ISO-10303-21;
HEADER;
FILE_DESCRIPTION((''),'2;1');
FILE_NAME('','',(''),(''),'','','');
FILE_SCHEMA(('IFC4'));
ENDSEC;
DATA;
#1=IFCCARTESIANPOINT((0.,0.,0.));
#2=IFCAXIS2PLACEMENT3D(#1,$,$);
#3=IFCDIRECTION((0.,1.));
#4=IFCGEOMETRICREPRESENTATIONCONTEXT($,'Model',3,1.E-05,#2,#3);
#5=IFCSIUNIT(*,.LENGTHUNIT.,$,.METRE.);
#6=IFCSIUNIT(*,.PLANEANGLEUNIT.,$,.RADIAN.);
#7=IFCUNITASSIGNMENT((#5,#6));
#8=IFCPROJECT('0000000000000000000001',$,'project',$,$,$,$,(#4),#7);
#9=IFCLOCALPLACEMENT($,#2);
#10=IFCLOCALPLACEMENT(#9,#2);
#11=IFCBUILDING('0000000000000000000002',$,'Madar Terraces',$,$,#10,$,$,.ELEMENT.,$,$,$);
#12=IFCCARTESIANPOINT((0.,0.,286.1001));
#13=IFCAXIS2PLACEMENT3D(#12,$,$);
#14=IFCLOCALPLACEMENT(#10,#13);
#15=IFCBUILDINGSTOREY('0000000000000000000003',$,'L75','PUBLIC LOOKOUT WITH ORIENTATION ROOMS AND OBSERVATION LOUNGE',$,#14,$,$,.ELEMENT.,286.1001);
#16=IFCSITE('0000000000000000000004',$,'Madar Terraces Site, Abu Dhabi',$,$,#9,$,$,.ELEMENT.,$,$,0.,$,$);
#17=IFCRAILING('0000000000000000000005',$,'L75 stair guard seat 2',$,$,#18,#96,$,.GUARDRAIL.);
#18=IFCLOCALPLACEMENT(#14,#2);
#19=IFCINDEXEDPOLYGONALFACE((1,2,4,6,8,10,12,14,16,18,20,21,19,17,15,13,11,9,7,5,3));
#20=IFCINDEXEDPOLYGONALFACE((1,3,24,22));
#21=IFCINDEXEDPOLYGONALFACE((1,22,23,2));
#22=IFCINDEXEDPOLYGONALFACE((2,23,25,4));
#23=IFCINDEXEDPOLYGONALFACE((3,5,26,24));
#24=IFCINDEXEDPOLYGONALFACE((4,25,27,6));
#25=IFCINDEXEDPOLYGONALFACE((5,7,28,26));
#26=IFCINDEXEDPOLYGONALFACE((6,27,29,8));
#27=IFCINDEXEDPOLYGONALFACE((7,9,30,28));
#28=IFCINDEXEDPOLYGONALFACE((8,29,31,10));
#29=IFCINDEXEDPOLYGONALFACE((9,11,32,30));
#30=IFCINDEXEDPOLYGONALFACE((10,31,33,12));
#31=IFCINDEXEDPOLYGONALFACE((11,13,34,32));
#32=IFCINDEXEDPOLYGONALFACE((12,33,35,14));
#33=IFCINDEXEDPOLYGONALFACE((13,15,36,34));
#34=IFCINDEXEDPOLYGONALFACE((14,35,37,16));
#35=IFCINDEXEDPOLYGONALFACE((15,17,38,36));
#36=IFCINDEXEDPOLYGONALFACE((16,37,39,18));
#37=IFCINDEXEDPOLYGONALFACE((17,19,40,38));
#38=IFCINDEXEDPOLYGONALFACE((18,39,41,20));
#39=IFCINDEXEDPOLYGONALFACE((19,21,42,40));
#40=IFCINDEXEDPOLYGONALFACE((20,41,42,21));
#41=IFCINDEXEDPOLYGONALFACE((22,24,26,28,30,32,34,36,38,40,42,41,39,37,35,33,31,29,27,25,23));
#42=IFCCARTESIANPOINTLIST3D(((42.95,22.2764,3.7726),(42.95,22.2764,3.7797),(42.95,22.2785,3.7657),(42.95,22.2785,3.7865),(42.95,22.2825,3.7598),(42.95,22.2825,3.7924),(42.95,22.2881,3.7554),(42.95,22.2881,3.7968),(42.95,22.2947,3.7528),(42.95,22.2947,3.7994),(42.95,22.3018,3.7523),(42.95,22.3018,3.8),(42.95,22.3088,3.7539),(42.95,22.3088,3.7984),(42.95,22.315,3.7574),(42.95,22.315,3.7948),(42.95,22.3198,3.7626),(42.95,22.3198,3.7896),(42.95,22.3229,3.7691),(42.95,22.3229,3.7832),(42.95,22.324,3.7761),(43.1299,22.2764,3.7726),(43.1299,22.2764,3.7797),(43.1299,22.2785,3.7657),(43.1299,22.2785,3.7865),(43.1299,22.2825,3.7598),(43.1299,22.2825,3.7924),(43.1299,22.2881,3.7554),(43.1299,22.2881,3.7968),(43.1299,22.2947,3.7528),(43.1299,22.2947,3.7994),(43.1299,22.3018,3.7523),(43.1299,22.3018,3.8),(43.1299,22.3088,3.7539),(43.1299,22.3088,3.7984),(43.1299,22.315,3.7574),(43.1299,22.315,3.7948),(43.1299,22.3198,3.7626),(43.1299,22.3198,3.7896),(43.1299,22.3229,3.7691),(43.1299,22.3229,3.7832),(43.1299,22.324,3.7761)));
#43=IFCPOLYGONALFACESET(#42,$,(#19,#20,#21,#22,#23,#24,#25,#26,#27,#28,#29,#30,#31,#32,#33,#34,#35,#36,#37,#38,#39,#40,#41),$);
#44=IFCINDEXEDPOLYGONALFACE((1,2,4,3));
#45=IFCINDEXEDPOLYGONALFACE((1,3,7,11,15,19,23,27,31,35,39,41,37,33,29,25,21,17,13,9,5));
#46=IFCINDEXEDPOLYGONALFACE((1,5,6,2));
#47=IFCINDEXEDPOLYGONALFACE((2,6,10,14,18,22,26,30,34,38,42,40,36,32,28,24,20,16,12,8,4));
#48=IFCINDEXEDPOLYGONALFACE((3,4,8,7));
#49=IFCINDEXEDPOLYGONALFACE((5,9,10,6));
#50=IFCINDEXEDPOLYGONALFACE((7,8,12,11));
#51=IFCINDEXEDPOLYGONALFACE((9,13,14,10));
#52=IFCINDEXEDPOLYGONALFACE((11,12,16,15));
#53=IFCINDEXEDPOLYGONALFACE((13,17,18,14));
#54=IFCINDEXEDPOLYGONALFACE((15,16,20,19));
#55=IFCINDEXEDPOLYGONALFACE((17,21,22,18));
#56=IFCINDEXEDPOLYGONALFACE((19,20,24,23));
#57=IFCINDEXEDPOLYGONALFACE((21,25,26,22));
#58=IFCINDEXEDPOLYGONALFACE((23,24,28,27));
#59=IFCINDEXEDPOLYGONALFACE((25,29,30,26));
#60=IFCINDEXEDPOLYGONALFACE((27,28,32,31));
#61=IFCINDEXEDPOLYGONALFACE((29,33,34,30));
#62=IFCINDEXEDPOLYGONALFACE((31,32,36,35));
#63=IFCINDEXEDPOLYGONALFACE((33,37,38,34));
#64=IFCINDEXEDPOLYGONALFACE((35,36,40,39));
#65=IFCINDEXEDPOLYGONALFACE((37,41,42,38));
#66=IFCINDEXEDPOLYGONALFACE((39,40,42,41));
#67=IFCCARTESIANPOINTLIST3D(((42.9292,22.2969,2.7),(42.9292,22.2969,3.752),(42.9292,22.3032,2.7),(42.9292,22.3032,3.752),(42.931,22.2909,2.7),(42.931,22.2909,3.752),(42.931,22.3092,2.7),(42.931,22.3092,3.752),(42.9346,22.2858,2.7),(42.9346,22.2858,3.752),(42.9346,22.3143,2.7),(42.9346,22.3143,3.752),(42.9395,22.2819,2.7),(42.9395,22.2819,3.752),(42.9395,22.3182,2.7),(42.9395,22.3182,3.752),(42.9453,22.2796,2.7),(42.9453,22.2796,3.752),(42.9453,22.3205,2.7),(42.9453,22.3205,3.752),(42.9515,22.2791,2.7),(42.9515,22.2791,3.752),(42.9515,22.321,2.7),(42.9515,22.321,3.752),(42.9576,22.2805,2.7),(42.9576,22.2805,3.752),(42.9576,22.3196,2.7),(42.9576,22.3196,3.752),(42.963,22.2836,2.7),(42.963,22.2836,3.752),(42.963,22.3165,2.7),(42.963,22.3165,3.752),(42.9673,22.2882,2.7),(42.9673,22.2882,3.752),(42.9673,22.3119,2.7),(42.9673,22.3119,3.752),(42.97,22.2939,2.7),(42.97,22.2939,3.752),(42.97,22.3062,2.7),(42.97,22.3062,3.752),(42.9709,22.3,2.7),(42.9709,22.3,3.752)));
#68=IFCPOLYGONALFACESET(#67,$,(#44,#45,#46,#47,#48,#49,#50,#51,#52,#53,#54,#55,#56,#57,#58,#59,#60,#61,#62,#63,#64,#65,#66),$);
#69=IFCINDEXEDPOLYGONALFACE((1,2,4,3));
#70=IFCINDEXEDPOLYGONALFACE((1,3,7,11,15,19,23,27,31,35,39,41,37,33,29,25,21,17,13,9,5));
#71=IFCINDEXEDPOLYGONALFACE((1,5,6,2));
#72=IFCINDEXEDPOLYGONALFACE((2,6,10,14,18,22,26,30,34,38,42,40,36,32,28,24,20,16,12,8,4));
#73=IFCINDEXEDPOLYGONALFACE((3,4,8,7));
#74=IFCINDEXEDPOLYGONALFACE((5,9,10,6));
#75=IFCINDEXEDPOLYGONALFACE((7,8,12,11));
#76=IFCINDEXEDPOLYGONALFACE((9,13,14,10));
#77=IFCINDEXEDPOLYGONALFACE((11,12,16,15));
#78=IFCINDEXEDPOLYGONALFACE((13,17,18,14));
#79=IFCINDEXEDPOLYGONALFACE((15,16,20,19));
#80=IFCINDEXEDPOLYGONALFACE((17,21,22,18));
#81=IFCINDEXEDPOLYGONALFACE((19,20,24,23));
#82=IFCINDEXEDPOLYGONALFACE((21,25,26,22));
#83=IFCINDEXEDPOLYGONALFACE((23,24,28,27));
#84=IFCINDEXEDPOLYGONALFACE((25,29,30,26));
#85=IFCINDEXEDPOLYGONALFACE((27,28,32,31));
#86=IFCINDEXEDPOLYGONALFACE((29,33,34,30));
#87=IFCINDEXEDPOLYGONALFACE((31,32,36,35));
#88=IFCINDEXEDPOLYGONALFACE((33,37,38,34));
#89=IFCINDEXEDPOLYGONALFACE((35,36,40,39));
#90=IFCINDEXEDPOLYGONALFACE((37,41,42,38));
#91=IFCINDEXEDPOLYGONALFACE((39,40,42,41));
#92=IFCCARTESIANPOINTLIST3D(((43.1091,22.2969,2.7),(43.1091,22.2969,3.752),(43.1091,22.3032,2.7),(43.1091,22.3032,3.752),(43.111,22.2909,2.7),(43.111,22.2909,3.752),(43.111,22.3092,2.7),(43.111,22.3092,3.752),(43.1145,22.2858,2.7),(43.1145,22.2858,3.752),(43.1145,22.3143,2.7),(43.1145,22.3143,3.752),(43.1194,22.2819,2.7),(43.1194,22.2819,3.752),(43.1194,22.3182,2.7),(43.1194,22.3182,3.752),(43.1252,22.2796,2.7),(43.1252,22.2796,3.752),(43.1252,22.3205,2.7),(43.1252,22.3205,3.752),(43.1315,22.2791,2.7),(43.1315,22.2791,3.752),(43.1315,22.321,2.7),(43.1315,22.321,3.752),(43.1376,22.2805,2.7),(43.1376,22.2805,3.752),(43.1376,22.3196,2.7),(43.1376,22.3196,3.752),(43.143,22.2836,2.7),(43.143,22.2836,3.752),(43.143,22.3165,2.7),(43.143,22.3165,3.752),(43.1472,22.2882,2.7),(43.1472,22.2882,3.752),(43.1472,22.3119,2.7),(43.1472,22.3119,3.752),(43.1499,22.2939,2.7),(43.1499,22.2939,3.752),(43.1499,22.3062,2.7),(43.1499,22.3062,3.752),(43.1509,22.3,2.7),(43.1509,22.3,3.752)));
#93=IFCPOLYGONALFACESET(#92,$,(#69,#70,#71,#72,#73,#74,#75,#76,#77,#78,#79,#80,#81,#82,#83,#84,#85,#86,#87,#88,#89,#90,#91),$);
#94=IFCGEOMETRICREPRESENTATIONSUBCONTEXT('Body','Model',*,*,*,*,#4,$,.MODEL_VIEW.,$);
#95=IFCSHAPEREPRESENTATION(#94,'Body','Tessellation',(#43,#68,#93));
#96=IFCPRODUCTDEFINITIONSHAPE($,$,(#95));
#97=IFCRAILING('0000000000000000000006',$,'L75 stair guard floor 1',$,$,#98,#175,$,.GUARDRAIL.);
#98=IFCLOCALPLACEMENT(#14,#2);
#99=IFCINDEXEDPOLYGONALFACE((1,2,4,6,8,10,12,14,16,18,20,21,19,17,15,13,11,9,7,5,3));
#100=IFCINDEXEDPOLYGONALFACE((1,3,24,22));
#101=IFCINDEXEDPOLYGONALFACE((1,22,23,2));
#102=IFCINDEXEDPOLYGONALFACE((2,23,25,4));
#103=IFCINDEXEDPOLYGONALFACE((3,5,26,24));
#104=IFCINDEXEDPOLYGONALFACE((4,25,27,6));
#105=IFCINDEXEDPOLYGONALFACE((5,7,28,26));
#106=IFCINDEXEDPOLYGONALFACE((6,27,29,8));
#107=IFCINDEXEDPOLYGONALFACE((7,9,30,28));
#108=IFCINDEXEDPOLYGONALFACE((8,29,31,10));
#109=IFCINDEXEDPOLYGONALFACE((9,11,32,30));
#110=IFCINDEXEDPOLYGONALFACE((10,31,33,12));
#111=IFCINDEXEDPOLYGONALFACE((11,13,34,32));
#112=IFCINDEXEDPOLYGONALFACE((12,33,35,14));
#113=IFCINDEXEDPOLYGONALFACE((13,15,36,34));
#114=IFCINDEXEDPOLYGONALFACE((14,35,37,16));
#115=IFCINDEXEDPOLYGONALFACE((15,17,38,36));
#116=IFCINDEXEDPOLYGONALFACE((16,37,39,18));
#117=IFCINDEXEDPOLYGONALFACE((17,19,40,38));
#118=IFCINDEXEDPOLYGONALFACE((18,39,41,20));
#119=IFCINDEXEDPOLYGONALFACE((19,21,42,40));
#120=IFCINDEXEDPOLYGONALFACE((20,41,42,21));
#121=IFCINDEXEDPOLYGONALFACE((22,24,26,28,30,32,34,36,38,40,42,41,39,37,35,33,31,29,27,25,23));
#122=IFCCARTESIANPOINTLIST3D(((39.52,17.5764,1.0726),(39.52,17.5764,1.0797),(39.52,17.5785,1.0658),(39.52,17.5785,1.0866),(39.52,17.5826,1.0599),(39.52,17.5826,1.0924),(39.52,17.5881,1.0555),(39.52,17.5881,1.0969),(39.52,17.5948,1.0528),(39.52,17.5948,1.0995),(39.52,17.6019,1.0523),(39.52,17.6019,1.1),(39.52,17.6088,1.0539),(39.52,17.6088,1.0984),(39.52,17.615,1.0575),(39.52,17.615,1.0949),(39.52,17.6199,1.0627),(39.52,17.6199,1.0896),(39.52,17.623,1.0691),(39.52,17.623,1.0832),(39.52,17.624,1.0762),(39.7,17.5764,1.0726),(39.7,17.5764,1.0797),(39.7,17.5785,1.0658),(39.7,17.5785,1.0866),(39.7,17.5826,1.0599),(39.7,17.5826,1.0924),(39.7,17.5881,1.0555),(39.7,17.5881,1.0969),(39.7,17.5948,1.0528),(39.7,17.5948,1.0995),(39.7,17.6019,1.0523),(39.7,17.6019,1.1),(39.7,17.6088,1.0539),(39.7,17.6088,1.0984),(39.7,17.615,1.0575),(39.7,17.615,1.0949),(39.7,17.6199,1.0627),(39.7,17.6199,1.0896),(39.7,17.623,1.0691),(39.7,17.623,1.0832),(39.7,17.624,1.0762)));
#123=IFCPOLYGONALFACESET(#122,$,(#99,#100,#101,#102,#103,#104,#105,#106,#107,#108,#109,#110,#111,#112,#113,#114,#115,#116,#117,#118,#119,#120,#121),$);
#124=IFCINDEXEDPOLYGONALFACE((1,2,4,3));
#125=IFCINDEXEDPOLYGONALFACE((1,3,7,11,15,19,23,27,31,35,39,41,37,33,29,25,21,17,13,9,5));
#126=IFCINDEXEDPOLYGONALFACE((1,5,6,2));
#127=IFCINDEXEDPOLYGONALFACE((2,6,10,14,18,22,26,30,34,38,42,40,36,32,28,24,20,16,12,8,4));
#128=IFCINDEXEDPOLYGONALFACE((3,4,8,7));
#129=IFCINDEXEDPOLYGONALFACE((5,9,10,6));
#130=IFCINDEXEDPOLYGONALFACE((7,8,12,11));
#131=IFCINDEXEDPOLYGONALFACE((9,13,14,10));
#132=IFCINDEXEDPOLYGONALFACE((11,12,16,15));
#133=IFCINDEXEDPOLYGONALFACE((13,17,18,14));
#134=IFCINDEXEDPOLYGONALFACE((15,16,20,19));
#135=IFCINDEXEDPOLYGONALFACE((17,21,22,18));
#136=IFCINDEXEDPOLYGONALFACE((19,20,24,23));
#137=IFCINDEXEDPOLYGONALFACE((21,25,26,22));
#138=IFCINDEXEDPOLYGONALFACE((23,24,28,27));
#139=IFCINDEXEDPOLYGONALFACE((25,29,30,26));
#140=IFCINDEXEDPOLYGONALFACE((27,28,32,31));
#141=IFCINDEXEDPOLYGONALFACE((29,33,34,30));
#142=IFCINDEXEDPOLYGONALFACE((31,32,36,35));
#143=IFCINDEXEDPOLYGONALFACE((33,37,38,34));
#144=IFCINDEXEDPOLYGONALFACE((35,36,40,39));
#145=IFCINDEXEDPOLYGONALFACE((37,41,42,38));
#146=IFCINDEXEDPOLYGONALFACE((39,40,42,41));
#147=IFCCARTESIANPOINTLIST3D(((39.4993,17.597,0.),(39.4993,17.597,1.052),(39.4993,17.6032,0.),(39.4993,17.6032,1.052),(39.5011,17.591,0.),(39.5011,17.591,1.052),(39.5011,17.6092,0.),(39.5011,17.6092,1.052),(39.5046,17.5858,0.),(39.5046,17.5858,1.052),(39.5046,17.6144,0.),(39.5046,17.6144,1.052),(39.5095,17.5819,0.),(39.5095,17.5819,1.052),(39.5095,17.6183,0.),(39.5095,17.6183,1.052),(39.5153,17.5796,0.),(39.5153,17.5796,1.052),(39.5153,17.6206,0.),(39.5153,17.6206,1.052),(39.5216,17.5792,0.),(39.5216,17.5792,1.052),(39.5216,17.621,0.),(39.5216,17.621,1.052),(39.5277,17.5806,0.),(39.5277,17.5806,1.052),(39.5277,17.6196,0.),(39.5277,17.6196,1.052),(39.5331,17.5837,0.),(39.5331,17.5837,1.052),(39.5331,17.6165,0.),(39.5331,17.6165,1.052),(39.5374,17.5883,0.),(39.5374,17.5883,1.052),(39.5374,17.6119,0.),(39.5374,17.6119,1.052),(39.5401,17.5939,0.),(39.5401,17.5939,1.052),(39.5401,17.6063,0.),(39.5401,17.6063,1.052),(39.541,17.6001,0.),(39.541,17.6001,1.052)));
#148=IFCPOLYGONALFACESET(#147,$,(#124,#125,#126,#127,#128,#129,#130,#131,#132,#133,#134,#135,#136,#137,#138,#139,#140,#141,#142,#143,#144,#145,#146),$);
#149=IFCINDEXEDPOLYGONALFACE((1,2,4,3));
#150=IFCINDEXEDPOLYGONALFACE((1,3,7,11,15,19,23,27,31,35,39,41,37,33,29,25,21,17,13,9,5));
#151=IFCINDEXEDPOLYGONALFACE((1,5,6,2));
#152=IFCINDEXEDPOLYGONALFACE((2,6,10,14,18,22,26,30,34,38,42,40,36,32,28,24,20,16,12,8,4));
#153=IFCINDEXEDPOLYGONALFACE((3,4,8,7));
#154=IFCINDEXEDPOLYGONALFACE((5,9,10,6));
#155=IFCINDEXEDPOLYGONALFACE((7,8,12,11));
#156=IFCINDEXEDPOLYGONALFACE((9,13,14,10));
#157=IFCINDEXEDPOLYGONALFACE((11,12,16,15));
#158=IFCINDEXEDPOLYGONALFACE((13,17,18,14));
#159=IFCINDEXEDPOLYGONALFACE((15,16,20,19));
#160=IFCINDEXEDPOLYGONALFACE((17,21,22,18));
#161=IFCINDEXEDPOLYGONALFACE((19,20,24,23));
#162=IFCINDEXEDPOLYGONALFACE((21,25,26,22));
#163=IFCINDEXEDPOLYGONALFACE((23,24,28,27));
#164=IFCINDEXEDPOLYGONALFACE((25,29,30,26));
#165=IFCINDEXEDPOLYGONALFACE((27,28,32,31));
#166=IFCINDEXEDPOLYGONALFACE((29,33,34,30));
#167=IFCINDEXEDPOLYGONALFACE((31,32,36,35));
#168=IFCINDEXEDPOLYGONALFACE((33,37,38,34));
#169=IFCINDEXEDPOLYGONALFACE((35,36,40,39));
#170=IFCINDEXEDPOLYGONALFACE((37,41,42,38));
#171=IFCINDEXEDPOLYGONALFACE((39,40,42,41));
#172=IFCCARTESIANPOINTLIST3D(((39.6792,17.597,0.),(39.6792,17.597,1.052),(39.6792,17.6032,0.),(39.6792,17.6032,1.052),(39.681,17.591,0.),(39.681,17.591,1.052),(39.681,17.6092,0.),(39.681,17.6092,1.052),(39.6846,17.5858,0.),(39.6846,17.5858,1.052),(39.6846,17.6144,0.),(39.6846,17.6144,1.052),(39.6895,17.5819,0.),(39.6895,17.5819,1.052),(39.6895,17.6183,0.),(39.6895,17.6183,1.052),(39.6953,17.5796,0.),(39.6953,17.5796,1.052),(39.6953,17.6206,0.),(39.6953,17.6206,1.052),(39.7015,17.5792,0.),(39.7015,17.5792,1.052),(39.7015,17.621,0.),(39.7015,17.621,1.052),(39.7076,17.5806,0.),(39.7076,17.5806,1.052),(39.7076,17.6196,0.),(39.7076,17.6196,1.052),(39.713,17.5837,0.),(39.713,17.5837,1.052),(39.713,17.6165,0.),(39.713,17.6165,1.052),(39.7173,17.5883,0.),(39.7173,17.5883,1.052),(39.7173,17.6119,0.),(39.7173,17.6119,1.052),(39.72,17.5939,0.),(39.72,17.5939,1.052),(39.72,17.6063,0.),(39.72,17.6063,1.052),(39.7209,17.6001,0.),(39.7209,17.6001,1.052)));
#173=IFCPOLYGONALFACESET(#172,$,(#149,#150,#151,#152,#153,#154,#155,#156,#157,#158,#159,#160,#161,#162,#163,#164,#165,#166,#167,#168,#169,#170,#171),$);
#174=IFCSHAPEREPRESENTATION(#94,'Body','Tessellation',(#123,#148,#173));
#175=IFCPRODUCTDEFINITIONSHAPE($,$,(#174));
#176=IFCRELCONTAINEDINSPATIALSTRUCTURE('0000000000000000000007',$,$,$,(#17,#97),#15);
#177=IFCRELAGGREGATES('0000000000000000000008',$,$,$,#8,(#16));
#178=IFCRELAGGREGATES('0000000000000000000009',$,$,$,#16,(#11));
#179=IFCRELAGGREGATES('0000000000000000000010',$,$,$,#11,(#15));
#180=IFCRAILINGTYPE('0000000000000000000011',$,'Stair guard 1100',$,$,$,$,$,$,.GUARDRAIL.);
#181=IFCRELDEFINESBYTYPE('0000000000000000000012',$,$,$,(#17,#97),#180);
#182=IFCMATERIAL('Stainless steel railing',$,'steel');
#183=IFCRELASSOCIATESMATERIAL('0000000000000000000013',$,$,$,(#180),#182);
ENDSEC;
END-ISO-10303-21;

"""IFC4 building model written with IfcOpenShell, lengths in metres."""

from ifc_helpers import new_model, si_unit, direction, frame, origin, origin_2d, place, context, subcontext, project, spatial, circle, extrude, material, type_object, element, save


model = new_model("IFC4")

# Units and contexts
model_context = context("Model", 3, precision=1e-05, world=origin(), true_north=direction((0.0, 1.0)))
body_context = subcontext(model_context, "Body", "Model", "MODEL_VIEW")
ifc_project = project(units=[si_unit("LENGTHUNIT", "METRE"), si_unit("PLANEANGLEUNIT", "RADIAN")], contexts=[model_context])

# Site, building, storey
site_placement = place(None, origin())
site = spatial("IfcSite", under=ifc_project, at=site_placement, Name="Madar Terraces Site, Abu Dhabi", CompositionType="ELEMENT", RefElevation=0.0)
building_placement = place(site_placement, origin())
building = spatial("IfcBuilding", under=site, at=building_placement, Name="Madar Terraces", CompositionType="ELEMENT")
storey_placement = place(building_placement, frame((0.0, 0.0, 286.1001)))
storey = spatial("IfcBuildingStorey", under=building, at=storey_placement, Name="L75", Description="PUBLIC LOOKOUT WITH ORIENTATION ROOMS AND OBSERVATION LOUNGE", CompositionType="ELEMENT", Elevation=286.1001)

# Railings
ifc_material_1 = material(Name="Stainless steel railing", Category="steel")
railing_type_1 = type_object("IfcRailingType", Name="Stair guard 1100", PredefinedType="GUARDRAIL", material=ifc_material_1)
for number, where, name in (
    (1, (42.95, 22.3, 2.7), "L75 stair guard seat 2"),
    (2, (39.52, 17.6001, 0.0), "L75 stair guard floor 1"),
):
    element("IfcRailing", number, at=place(storey_placement, frame(where)), inside=storey, type_object=railing_type_1, Name=name, PredefinedType="GUARDRAIL", context=body_context, shape_type="SweptSolid", body=[
        extrude(circle(Radius=0.0239, at=origin_2d()), frame((0.0, 0.0, 1.0762), z_axis=(1.0, 0.0, 0.0), x_axis=(0.0, 1.0, 0.0)), (0.0, 0.0, 1.0), 0.1799),
        extrude(circle(Radius=0.021, at=origin_2d()), origin(), (0.0, 0.0, 1.0), 1.052),
        extrude(circle(Radius=0.021, at=origin_2d()), frame((0.1799, 0.0, 0.0)), (0.0, 0.0, 1.0), 1.052),
    ])

save(model, "model.ifc")
